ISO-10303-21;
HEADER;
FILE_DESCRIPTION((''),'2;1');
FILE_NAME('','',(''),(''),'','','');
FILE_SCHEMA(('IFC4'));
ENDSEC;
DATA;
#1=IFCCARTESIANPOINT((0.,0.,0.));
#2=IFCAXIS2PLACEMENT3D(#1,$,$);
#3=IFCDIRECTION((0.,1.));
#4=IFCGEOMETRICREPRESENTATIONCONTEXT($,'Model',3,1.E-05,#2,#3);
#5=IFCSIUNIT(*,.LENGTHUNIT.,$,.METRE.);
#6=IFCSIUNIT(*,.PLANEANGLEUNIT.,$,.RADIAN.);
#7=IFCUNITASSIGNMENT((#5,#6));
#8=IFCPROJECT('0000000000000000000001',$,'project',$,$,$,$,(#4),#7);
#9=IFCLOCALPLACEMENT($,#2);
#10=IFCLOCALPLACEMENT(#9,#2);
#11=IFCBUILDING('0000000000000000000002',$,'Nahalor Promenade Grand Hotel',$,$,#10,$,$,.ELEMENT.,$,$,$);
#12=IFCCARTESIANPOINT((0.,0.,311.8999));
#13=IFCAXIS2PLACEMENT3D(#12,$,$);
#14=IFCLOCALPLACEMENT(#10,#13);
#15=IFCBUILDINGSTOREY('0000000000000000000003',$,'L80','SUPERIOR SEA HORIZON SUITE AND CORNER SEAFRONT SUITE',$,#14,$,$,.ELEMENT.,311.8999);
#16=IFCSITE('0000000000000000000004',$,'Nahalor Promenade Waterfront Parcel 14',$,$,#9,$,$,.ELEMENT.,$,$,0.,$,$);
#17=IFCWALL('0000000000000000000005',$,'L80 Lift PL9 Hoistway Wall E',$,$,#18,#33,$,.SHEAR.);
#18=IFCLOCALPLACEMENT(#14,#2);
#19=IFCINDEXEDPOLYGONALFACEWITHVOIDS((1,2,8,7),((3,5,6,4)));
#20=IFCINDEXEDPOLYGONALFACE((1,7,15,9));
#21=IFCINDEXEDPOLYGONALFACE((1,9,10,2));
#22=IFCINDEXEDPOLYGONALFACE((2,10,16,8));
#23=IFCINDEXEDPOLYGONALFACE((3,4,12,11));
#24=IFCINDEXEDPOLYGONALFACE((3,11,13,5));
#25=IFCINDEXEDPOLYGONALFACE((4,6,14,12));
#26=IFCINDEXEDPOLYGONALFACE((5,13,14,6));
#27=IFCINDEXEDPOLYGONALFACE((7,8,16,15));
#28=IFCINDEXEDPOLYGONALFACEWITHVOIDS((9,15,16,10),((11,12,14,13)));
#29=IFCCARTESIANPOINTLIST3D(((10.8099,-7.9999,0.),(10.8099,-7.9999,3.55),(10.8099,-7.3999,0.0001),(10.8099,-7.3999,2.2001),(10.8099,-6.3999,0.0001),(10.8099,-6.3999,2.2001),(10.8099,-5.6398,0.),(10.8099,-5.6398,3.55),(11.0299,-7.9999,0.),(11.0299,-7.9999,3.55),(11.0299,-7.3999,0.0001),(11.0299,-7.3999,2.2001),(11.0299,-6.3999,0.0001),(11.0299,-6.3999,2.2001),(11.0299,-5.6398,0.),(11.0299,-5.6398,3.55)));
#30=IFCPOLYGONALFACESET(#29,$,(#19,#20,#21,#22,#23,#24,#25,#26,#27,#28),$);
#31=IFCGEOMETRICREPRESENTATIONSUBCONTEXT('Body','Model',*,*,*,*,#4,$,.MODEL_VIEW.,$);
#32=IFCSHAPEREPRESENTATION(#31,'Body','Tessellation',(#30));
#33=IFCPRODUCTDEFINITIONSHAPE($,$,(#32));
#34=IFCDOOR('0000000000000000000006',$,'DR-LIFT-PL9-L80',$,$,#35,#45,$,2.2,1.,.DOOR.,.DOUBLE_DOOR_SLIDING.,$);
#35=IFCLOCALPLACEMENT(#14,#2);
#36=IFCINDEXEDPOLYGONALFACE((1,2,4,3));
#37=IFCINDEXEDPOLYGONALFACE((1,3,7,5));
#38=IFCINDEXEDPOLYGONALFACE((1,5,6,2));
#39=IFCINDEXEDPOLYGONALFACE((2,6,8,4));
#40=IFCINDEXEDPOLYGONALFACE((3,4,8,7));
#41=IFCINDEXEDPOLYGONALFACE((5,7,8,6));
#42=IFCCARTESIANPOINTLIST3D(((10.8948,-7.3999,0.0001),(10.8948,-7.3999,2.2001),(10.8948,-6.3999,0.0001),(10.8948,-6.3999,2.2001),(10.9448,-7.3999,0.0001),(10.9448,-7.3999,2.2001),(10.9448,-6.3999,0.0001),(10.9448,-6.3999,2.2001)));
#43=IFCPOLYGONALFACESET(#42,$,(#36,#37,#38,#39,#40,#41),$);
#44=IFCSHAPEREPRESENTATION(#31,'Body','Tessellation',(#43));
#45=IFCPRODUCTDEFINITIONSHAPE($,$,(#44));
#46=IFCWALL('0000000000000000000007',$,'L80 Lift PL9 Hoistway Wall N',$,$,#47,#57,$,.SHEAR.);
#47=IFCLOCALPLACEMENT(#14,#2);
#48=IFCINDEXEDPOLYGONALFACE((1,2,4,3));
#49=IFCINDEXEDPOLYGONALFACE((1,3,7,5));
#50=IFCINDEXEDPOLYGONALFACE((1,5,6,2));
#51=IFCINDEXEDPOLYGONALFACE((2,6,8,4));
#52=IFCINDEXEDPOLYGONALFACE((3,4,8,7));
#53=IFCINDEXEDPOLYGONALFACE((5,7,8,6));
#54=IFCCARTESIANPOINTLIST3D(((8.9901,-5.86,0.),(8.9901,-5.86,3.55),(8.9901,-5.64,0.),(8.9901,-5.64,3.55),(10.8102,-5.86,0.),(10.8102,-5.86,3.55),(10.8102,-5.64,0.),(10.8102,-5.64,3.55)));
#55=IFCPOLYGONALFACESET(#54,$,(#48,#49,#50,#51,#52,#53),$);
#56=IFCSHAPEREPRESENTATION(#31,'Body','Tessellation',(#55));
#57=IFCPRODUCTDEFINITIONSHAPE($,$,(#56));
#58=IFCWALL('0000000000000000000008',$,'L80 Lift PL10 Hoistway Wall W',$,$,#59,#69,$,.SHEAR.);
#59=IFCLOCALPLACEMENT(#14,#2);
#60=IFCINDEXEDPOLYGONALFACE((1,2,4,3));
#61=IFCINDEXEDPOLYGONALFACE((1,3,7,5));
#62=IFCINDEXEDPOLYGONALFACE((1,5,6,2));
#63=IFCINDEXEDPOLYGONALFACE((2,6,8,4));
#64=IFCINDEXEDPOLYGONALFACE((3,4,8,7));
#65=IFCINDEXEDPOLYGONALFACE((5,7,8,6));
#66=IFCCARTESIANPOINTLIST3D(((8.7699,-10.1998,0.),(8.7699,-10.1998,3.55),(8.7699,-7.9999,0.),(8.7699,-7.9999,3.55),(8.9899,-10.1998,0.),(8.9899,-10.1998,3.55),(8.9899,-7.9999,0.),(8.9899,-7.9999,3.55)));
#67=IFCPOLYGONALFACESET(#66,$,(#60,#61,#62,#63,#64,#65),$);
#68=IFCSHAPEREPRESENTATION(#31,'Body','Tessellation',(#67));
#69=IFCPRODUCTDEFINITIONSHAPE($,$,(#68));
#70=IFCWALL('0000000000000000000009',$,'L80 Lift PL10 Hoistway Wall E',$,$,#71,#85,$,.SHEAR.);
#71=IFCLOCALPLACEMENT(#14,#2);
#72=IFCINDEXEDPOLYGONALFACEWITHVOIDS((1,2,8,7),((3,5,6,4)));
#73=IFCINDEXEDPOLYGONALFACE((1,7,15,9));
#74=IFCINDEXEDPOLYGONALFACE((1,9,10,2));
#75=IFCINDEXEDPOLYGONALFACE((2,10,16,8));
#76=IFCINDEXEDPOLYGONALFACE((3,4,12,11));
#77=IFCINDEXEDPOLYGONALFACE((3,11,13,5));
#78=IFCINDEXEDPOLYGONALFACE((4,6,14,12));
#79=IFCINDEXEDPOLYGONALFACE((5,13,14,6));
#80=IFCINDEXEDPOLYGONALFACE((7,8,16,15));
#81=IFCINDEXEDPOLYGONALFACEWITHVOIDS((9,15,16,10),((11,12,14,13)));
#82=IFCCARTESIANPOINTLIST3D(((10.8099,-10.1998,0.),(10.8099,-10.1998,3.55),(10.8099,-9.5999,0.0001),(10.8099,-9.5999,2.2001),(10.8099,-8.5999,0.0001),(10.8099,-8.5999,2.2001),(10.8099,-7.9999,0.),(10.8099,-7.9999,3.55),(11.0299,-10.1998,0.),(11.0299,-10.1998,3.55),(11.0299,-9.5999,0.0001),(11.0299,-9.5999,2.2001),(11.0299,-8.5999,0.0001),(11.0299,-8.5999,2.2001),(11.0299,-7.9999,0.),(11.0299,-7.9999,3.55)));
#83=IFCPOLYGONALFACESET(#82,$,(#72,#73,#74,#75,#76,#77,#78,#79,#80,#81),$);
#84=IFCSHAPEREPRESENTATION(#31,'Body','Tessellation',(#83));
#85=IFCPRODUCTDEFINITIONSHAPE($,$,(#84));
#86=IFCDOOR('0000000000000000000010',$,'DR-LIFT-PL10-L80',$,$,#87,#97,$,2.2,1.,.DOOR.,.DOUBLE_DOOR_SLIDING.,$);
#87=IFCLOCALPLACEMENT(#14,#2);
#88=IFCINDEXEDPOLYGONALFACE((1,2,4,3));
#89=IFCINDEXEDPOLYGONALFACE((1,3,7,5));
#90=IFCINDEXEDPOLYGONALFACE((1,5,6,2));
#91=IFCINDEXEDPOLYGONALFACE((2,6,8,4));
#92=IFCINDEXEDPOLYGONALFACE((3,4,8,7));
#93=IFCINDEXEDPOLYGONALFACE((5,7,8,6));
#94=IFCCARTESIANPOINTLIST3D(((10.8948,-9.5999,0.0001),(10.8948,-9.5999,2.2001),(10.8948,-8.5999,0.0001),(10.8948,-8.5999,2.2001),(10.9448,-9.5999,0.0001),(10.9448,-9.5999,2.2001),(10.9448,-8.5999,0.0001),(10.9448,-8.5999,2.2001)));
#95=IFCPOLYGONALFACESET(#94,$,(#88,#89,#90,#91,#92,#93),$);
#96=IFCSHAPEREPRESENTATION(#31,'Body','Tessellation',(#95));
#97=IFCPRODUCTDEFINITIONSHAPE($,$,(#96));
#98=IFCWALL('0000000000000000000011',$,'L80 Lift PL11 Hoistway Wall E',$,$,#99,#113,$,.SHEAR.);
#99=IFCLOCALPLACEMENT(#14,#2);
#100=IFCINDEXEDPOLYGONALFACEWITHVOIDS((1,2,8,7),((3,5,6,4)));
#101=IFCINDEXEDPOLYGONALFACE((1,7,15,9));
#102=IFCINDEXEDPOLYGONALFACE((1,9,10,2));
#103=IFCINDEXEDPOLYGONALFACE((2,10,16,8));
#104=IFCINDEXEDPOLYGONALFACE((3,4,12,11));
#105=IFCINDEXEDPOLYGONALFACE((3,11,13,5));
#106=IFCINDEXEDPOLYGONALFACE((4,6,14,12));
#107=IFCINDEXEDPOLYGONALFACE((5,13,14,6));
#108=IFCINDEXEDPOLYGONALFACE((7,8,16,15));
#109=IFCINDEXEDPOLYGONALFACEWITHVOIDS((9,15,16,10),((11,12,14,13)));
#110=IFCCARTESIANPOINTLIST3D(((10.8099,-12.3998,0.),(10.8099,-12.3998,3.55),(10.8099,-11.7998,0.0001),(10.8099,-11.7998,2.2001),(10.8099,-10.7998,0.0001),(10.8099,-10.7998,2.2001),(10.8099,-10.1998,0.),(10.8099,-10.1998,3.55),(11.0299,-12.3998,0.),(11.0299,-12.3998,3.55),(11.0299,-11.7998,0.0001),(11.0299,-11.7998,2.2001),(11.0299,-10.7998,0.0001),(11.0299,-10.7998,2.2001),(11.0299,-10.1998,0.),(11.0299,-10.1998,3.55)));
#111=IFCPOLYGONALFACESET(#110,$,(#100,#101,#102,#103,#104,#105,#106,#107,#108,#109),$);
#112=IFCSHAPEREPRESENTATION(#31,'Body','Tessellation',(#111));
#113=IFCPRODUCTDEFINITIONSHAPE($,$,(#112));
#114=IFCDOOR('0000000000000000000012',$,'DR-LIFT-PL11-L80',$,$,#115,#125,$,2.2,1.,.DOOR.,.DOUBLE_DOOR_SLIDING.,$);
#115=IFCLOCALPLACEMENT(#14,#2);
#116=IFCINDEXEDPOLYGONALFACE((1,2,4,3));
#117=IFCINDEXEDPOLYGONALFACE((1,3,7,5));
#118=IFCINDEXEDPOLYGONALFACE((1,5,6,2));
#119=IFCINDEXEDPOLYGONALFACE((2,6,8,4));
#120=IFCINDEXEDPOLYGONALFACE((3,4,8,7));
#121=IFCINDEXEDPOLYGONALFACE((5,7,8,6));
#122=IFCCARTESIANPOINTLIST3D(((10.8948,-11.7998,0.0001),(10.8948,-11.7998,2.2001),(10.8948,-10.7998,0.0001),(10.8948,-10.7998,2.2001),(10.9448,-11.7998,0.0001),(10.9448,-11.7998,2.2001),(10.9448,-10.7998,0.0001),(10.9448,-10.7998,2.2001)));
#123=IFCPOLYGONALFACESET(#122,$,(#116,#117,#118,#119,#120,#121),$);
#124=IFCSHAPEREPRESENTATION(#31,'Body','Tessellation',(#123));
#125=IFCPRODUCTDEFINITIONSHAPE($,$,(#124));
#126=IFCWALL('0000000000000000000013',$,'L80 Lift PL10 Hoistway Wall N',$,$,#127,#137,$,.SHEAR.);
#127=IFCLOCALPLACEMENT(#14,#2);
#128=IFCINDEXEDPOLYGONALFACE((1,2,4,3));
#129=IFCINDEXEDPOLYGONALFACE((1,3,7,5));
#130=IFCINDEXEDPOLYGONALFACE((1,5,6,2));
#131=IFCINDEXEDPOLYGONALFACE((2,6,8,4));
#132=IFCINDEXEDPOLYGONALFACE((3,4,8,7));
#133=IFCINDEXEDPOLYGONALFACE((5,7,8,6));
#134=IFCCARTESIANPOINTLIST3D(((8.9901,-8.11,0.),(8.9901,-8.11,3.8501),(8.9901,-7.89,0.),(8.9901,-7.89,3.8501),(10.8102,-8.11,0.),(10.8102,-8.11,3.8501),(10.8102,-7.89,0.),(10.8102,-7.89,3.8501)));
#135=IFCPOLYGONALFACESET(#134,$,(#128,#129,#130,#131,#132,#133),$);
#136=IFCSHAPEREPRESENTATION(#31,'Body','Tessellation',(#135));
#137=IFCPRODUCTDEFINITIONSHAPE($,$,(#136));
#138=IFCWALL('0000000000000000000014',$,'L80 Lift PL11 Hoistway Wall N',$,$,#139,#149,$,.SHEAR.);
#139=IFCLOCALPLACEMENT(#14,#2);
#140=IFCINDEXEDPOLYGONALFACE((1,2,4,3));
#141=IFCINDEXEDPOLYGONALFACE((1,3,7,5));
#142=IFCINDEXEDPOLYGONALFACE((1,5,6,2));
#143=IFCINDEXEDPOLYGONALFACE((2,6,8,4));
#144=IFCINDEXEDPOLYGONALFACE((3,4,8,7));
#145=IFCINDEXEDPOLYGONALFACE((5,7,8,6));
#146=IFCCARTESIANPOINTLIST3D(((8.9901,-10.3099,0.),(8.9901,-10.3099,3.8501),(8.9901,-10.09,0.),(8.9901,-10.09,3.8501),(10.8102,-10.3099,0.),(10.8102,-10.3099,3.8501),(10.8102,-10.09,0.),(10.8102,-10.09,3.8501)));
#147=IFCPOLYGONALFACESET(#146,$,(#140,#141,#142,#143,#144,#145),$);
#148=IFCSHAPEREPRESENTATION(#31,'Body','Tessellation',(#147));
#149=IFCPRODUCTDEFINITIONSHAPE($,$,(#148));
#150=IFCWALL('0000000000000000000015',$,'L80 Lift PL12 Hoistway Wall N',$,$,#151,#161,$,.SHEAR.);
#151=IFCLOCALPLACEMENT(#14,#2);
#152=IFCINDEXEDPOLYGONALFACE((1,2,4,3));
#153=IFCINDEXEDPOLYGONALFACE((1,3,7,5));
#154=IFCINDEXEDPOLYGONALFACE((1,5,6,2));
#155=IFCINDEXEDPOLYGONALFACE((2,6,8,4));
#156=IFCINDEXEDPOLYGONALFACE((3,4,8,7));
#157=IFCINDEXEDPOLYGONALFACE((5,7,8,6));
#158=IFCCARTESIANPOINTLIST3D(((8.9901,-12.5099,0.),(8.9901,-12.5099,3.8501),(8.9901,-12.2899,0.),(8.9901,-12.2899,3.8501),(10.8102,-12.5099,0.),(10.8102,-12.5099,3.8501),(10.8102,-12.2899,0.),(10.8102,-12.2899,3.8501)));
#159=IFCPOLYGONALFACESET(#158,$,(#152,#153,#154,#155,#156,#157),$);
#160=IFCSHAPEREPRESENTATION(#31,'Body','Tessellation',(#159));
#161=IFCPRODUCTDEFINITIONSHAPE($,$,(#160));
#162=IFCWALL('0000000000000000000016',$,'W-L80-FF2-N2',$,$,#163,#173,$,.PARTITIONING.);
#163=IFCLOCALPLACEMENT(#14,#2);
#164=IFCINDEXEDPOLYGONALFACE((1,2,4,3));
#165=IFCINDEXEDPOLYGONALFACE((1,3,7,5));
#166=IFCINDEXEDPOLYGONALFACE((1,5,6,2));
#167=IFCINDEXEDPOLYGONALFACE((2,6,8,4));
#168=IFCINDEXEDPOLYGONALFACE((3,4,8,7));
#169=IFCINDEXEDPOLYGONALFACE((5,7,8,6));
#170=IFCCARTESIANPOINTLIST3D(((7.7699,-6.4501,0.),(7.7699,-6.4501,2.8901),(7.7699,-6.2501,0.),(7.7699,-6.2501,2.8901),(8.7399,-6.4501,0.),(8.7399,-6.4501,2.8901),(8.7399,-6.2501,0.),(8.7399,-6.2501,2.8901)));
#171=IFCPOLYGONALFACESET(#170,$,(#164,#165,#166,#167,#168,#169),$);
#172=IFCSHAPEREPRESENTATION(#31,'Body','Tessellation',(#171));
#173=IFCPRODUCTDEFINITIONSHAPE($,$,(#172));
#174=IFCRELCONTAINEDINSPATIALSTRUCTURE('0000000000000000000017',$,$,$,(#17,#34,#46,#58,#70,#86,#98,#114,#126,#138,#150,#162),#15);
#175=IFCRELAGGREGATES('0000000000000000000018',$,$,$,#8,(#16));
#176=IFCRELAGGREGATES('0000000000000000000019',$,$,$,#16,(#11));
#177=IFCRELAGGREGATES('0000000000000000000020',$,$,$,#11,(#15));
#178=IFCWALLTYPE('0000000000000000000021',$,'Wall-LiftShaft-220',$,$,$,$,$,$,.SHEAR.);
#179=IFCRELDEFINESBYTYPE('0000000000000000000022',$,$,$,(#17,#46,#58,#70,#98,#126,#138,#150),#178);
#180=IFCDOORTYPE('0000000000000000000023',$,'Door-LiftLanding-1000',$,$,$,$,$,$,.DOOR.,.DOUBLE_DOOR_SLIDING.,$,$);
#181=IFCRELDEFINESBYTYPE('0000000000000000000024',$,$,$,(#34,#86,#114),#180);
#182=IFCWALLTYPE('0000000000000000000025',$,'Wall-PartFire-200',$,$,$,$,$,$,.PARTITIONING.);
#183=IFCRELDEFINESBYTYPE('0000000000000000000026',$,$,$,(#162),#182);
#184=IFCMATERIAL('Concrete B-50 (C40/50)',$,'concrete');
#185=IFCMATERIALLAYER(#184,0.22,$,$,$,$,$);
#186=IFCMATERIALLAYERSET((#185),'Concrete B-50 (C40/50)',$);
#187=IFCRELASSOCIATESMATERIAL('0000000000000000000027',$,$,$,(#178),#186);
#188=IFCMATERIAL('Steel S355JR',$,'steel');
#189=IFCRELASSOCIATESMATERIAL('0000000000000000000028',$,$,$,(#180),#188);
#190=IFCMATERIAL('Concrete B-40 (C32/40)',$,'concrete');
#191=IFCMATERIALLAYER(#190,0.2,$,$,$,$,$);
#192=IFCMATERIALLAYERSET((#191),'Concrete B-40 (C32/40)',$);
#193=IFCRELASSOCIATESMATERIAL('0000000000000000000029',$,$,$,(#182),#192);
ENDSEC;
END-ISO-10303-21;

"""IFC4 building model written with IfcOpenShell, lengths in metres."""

from ifc_helpers import new_model, si_unit, direction, frame, frame_2d, origin, place, context, subcontext, project, spatial, rectangle, extrude, source, transform, mapped, material, layer, layer_set, type_object, element, fill, save


model = new_model("IFC4")

# Units and contexts
model_context = context("Model", 3, precision=1e-05, world=origin(), true_north=direction((0.0, 1.0)))
body_context = subcontext(model_context, "Body", "Model", "MODEL_VIEW")
ifc_project = project(units=[si_unit("LENGTHUNIT", "METRE"), si_unit("PLANEANGLEUNIT", "RADIAN")], contexts=[model_context])

# Site, building, storey
site_placement = place(None, origin())
site = spatial("IfcSite", under=ifc_project, at=site_placement, Name="Nahalor Promenade Waterfront Parcel 14", CompositionType="ELEMENT", RefElevation=0.0)
building_placement = place(site_placement, origin())
building = spatial("IfcBuilding", under=site, at=building_placement, Name="Nahalor Promenade Grand Hotel", CompositionType="ELEMENT")
storey_placement = place(building_placement, frame((0.0, 0.0, 311.8999)))
storey = spatial("IfcBuildingStorey", under=building, at=storey_placement, Name="L80", Description="SUPERIOR SEA HORIZON SUITE AND CORNER SEAFRONT SUITE", CompositionType="ELEMENT", Elevation=311.8999)

# Shared definitions
ifc_material_1 = material(Name="Steel S355JR", Category="steel")

# Shared definitions
ifc_material_2 = material(Name="Concrete B-50 (C40/50)", Category="concrete")
ifc_layer_1 = layer(ifc_material_2, 0.22)
ifc_layer_set_1 = layer_set([ifc_layer_1], Name="Concrete B-50 (C40/50)")
wall_type_1 = type_object("IfcWallType", Name="Wall-LiftShaft-220", PredefinedType="SHEAR", material=ifc_layer_set_1)
shared_shape_1 = source(origin(), body_context, "Body", "SweptSolid", [
    extrude(rectangle(XDim=2.3601, YDim=0.22, at=frame_2d((1.1802, 0.0))), origin(), (0.0, 0.0, 1.0), 3.55),
])

# Wall, opening, door
wall_1_placement = place(storey_placement, frame((10.9199, -8.0, 0.0), z_axis=(0.0, 0.0, 1.0), x_axis=(0.0, 1.0, 0.0)))
wall_1 = element("IfcWall", 1, at=wall_1_placement, inside=storey, type_object=wall_type_1, Name="L80 Lift PL9 Hoistway Wall E", PredefinedType="SHEAR", context=body_context, shape_type="MappedRepresentation", body=[
    mapped(shared_shape_1, transform((0.0, 0.0, 0.0), scale=1.0)),
])
opening_1_placement = place(wall_1_placement, frame((0.6001, 0.0, 0.0)))
opening_1 = element("IfcOpeningElement", 2, at=opening_1_placement, cuts=wall_1, PredefinedType="OPENING", context=body_context, shape_type="SweptSolid", body=[
    extrude(rectangle(XDim=1.0, YDim=2.2, at=frame_2d((0.5, 1.1001))), frame((0.0, 0.1199, 0.0), z_axis=(0.0, -1.0, 0.0), x_axis=(1.0, 0.0, 0.0)), (0.0, 0.0, 1.0), 0.24),
])
door_type = type_object("IfcDoorType", Name="Door-LiftLanding-1000", OperationType="DOUBLE_DOOR_SLIDING", PredefinedType="DOOR", material=ifc_material_1)
shared_shape_2 = source(origin(), body_context, "Body", "SweptSolid", [
    extrude(rectangle(XDim=1.0, YDim=2.2, at=frame_2d((0.5, 1.1001))), frame((0.0, 0.0249, 0.0), z_axis=(0.0, -1.0, 0.0), x_axis=(1.0, 0.0, 0.0)), (0.0, 0.0, 1.0), 0.05),
])
door_1_placement = place(opening_1_placement, frame((1.0, 0.0, 0.0), z_axis=(0.0, 0.0, 1.0), x_axis=(-1.0, 0.0, 0.0)))
door_1 = element("IfcDoor", 3, at=door_1_placement, inside=storey, type_object=door_type, Name="DR-LIFT-PL9-L80", OperationType="DOUBLE_DOOR_SLIDING", OverallHeight=2.2, OverallWidth=1.0, PredefinedType="DOOR", context=body_context, shape_type="MappedRepresentation", body=[
    mapped(shared_shape_2, transform((0.0, 0.0, 0.0), scale=1.0)),
])
fill(opening_1, door_1)

# Walls
shared_shape_3 = source(origin(), body_context, "Body", "SweptSolid", [
    extrude(rectangle(XDim=1.8201, YDim=0.22, at=frame_2d((0.9102, 0.0))), origin(), (0.0, 0.0, 1.0), 3.55),
])
wall_2_placement = place(storey_placement, frame((8.99, -5.75, 0.0), z_axis=(0.0, 0.0, 1.0), x_axis=(1.0, 0.0, 0.0)))
element("IfcWall", 4, at=wall_2_placement, inside=storey, type_object=wall_type_1, Name="L80 Lift PL9 Hoistway Wall N", PredefinedType="SHEAR", context=body_context, shape_type="MappedRepresentation", body=[
    mapped(shared_shape_3, transform((0.0, 0.0, 0.0), scale=1.0)),
])
shared_shape_4 = source(origin(), body_context, "Body", "SweptSolid", [
    extrude(rectangle(XDim=2.2, YDim=0.22, at=frame_2d((1.1001, 0.0))), origin(), (0.0, 0.0, 1.0), 3.55),
])
wall_3_placement = place(storey_placement, frame((8.8799, -10.2, 0.0), z_axis=(0.0, 0.0, 1.0), x_axis=(0.0, 1.0, 0.0)))
element("IfcWall", 5, at=wall_3_placement, inside=storey, type_object=wall_type_1, Name="L80 Lift PL10 Hoistway Wall W", PredefinedType="SHEAR", context=body_context, shape_type="MappedRepresentation", body=[
    mapped(shared_shape_4, transform((0.0, 0.0, 0.0), scale=1.0)),
])

# Walls, openings, doors
wall_4_placement = place(storey_placement, frame((10.9199, -10.2, 0.0), z_axis=(0.0, 0.0, 1.0), x_axis=(0.0, 1.0, 0.0)))
wall_4 = element("IfcWall", 6, at=wall_4_placement, inside=storey, type_object=wall_type_1, Name="L80 Lift PL10 Hoistway Wall E", PredefinedType="SHEAR", context=body_context, shape_type="MappedRepresentation", body=[
    mapped(shared_shape_4, transform((0.0, 0.0, 0.0), scale=1.0)),
])
opening_2_placement = place(wall_4_placement, frame((0.6001, 0.0, 0.0)))
opening_2 = element("IfcOpeningElement", 7, at=opening_2_placement, cuts=wall_4, PredefinedType="OPENING", context=body_context, shape_type="SweptSolid", body=[
    extrude(rectangle(XDim=1.0, YDim=2.2, at=frame_2d((0.5, 1.1001))), frame((0.0, 0.1199, 0.0), z_axis=(0.0, -1.0, 0.0), x_axis=(1.0, 0.0, 0.0)), (0.0, 0.0, 1.0), 0.24),
])
door_2_placement = place(opening_2_placement, frame((1.0, 0.0, 0.0), z_axis=(0.0, 0.0, 1.0), x_axis=(-1.0, 0.0, 0.0)))
door_2 = element("IfcDoor", 8, at=door_2_placement, inside=storey, type_object=door_type, Name="DR-LIFT-PL10-L80", OperationType="DOUBLE_DOOR_SLIDING", OverallHeight=2.2, OverallWidth=1.0, PredefinedType="DOOR", context=body_context, shape_type="MappedRepresentation", body=[
    mapped(shared_shape_2, transform((0.0, 0.0, 0.0), scale=1.0)),
])
fill(opening_2, door_2)
wall_5_placement = place(storey_placement, frame((10.9199, -12.3999, 0.0), z_axis=(0.0, 0.0, 1.0), x_axis=(0.0, 1.0, 0.0)))
wall_5 = element("IfcWall", 9, at=wall_5_placement, inside=storey, type_object=wall_type_1, Name="L80 Lift PL11 Hoistway Wall E", PredefinedType="SHEAR", context=body_context, shape_type="MappedRepresentation", body=[
    mapped(shared_shape_4, transform((0.0, 0.0, 0.0), scale=1.0)),
])
opening_3_placement = place(wall_5_placement, frame((0.6001, 0.0, 0.0)))
opening_3 = element("IfcOpeningElement", 10, at=opening_3_placement, cuts=wall_5, PredefinedType="OPENING", context=body_context, shape_type="SweptSolid", body=[
    extrude(rectangle(XDim=1.0, YDim=2.2, at=frame_2d((0.5, 1.1001))), frame((0.0, 0.1199, 0.0), z_axis=(0.0, -1.0, 0.0), x_axis=(1.0, 0.0, 0.0)), (0.0, 0.0, 1.0), 0.24),
])
door_3_placement = place(opening_3_placement, frame((1.0, 0.0, 0.0), z_axis=(0.0, 0.0, 1.0), x_axis=(-1.0, 0.0, 0.0)))
door_3 = element("IfcDoor", 11, at=door_3_placement, inside=storey, type_object=door_type, Name="DR-LIFT-PL11-L80", OperationType="DOUBLE_DOOR_SLIDING", OverallHeight=2.2, OverallWidth=1.0, PredefinedType="DOOR", context=body_context, shape_type="MappedRepresentation", body=[
    mapped(shared_shape_2, transform((0.0, 0.0, 0.0), scale=1.0)),
])
fill(opening_3, door_3)

# Walls
shared_shape_5 = source(origin(), body_context, "Body", "SweptSolid", [
    extrude(rectangle(XDim=1.8201, YDim=0.22, at=frame_2d((0.9102, 0.0))), origin(), (0.0, 0.0, 1.0), 3.8501),
])
for number, where, z_axis, x_axis, name in (
    (12, (8.99, -8.0, 0.0), (0.0, 0.0, 1.0), (1.0, 0.0, 0.0), "L80 Lift PL10 Hoistway Wall N"),
    (13, (8.99, -10.2, 0.0), (0.0, 0.0, 1.0), (1.0, 0.0, 0.0), "L80 Lift PL11 Hoistway Wall N"),
    (14, (8.99, -12.3999, 0.0), (0.0, 0.0, 1.0), (1.0, 0.0, 0.0), "L80 Lift PL12 Hoistway Wall N"),
):
    element("IfcWall", number, at=place(storey_placement, frame(where, z_axis=z_axis, x_axis=x_axis)), inside=storey, type_object=wall_type_1, Name=name, PredefinedType="SHEAR", context=body_context, shape_type="MappedRepresentation", body=[
        mapped(shared_shape_5, transform((0.0, 0.0, 0.0), scale=1.0)),
    ])
ifc_material_3 = material(Name="Concrete B-40 (C32/40)", Category="concrete")
ifc_layer_2 = layer(ifc_material_3, 0.2)
ifc_layer_set_2 = layer_set([ifc_layer_2], Name="Concrete B-40 (C32/40)")
wall_type_2 = type_object("IfcWallType", Name="Wall-PartFire-200", PredefinedType="PARTITIONING", material=ifc_layer_set_2)
shared_shape_6 = source(origin(), body_context, "Body", "SweptSolid", [
    extrude(rectangle(XDim=0.97, YDim=0.2, at=frame_2d((0.4849, 0.0))), origin(), (0.0, 0.0, 1.0), 2.8901),
])
wall_6_placement = place(storey_placement, frame((7.77, -6.3501, 0.0), z_axis=(0.0, 0.0, 1.0), x_axis=(1.0, 0.0, 0.0)))
element("IfcWall", 15, at=wall_6_placement, inside=storey, type_object=wall_type_2, Name="W-L80-FF2-N2", PredefinedType="PARTITIONING", context=body_context, shape_type="MappedRepresentation", body=[
    mapped(shared_shape_6, transform((0.0, 0.0, 0.0), scale=1.0)),
])

save(model, "model.ifc")
